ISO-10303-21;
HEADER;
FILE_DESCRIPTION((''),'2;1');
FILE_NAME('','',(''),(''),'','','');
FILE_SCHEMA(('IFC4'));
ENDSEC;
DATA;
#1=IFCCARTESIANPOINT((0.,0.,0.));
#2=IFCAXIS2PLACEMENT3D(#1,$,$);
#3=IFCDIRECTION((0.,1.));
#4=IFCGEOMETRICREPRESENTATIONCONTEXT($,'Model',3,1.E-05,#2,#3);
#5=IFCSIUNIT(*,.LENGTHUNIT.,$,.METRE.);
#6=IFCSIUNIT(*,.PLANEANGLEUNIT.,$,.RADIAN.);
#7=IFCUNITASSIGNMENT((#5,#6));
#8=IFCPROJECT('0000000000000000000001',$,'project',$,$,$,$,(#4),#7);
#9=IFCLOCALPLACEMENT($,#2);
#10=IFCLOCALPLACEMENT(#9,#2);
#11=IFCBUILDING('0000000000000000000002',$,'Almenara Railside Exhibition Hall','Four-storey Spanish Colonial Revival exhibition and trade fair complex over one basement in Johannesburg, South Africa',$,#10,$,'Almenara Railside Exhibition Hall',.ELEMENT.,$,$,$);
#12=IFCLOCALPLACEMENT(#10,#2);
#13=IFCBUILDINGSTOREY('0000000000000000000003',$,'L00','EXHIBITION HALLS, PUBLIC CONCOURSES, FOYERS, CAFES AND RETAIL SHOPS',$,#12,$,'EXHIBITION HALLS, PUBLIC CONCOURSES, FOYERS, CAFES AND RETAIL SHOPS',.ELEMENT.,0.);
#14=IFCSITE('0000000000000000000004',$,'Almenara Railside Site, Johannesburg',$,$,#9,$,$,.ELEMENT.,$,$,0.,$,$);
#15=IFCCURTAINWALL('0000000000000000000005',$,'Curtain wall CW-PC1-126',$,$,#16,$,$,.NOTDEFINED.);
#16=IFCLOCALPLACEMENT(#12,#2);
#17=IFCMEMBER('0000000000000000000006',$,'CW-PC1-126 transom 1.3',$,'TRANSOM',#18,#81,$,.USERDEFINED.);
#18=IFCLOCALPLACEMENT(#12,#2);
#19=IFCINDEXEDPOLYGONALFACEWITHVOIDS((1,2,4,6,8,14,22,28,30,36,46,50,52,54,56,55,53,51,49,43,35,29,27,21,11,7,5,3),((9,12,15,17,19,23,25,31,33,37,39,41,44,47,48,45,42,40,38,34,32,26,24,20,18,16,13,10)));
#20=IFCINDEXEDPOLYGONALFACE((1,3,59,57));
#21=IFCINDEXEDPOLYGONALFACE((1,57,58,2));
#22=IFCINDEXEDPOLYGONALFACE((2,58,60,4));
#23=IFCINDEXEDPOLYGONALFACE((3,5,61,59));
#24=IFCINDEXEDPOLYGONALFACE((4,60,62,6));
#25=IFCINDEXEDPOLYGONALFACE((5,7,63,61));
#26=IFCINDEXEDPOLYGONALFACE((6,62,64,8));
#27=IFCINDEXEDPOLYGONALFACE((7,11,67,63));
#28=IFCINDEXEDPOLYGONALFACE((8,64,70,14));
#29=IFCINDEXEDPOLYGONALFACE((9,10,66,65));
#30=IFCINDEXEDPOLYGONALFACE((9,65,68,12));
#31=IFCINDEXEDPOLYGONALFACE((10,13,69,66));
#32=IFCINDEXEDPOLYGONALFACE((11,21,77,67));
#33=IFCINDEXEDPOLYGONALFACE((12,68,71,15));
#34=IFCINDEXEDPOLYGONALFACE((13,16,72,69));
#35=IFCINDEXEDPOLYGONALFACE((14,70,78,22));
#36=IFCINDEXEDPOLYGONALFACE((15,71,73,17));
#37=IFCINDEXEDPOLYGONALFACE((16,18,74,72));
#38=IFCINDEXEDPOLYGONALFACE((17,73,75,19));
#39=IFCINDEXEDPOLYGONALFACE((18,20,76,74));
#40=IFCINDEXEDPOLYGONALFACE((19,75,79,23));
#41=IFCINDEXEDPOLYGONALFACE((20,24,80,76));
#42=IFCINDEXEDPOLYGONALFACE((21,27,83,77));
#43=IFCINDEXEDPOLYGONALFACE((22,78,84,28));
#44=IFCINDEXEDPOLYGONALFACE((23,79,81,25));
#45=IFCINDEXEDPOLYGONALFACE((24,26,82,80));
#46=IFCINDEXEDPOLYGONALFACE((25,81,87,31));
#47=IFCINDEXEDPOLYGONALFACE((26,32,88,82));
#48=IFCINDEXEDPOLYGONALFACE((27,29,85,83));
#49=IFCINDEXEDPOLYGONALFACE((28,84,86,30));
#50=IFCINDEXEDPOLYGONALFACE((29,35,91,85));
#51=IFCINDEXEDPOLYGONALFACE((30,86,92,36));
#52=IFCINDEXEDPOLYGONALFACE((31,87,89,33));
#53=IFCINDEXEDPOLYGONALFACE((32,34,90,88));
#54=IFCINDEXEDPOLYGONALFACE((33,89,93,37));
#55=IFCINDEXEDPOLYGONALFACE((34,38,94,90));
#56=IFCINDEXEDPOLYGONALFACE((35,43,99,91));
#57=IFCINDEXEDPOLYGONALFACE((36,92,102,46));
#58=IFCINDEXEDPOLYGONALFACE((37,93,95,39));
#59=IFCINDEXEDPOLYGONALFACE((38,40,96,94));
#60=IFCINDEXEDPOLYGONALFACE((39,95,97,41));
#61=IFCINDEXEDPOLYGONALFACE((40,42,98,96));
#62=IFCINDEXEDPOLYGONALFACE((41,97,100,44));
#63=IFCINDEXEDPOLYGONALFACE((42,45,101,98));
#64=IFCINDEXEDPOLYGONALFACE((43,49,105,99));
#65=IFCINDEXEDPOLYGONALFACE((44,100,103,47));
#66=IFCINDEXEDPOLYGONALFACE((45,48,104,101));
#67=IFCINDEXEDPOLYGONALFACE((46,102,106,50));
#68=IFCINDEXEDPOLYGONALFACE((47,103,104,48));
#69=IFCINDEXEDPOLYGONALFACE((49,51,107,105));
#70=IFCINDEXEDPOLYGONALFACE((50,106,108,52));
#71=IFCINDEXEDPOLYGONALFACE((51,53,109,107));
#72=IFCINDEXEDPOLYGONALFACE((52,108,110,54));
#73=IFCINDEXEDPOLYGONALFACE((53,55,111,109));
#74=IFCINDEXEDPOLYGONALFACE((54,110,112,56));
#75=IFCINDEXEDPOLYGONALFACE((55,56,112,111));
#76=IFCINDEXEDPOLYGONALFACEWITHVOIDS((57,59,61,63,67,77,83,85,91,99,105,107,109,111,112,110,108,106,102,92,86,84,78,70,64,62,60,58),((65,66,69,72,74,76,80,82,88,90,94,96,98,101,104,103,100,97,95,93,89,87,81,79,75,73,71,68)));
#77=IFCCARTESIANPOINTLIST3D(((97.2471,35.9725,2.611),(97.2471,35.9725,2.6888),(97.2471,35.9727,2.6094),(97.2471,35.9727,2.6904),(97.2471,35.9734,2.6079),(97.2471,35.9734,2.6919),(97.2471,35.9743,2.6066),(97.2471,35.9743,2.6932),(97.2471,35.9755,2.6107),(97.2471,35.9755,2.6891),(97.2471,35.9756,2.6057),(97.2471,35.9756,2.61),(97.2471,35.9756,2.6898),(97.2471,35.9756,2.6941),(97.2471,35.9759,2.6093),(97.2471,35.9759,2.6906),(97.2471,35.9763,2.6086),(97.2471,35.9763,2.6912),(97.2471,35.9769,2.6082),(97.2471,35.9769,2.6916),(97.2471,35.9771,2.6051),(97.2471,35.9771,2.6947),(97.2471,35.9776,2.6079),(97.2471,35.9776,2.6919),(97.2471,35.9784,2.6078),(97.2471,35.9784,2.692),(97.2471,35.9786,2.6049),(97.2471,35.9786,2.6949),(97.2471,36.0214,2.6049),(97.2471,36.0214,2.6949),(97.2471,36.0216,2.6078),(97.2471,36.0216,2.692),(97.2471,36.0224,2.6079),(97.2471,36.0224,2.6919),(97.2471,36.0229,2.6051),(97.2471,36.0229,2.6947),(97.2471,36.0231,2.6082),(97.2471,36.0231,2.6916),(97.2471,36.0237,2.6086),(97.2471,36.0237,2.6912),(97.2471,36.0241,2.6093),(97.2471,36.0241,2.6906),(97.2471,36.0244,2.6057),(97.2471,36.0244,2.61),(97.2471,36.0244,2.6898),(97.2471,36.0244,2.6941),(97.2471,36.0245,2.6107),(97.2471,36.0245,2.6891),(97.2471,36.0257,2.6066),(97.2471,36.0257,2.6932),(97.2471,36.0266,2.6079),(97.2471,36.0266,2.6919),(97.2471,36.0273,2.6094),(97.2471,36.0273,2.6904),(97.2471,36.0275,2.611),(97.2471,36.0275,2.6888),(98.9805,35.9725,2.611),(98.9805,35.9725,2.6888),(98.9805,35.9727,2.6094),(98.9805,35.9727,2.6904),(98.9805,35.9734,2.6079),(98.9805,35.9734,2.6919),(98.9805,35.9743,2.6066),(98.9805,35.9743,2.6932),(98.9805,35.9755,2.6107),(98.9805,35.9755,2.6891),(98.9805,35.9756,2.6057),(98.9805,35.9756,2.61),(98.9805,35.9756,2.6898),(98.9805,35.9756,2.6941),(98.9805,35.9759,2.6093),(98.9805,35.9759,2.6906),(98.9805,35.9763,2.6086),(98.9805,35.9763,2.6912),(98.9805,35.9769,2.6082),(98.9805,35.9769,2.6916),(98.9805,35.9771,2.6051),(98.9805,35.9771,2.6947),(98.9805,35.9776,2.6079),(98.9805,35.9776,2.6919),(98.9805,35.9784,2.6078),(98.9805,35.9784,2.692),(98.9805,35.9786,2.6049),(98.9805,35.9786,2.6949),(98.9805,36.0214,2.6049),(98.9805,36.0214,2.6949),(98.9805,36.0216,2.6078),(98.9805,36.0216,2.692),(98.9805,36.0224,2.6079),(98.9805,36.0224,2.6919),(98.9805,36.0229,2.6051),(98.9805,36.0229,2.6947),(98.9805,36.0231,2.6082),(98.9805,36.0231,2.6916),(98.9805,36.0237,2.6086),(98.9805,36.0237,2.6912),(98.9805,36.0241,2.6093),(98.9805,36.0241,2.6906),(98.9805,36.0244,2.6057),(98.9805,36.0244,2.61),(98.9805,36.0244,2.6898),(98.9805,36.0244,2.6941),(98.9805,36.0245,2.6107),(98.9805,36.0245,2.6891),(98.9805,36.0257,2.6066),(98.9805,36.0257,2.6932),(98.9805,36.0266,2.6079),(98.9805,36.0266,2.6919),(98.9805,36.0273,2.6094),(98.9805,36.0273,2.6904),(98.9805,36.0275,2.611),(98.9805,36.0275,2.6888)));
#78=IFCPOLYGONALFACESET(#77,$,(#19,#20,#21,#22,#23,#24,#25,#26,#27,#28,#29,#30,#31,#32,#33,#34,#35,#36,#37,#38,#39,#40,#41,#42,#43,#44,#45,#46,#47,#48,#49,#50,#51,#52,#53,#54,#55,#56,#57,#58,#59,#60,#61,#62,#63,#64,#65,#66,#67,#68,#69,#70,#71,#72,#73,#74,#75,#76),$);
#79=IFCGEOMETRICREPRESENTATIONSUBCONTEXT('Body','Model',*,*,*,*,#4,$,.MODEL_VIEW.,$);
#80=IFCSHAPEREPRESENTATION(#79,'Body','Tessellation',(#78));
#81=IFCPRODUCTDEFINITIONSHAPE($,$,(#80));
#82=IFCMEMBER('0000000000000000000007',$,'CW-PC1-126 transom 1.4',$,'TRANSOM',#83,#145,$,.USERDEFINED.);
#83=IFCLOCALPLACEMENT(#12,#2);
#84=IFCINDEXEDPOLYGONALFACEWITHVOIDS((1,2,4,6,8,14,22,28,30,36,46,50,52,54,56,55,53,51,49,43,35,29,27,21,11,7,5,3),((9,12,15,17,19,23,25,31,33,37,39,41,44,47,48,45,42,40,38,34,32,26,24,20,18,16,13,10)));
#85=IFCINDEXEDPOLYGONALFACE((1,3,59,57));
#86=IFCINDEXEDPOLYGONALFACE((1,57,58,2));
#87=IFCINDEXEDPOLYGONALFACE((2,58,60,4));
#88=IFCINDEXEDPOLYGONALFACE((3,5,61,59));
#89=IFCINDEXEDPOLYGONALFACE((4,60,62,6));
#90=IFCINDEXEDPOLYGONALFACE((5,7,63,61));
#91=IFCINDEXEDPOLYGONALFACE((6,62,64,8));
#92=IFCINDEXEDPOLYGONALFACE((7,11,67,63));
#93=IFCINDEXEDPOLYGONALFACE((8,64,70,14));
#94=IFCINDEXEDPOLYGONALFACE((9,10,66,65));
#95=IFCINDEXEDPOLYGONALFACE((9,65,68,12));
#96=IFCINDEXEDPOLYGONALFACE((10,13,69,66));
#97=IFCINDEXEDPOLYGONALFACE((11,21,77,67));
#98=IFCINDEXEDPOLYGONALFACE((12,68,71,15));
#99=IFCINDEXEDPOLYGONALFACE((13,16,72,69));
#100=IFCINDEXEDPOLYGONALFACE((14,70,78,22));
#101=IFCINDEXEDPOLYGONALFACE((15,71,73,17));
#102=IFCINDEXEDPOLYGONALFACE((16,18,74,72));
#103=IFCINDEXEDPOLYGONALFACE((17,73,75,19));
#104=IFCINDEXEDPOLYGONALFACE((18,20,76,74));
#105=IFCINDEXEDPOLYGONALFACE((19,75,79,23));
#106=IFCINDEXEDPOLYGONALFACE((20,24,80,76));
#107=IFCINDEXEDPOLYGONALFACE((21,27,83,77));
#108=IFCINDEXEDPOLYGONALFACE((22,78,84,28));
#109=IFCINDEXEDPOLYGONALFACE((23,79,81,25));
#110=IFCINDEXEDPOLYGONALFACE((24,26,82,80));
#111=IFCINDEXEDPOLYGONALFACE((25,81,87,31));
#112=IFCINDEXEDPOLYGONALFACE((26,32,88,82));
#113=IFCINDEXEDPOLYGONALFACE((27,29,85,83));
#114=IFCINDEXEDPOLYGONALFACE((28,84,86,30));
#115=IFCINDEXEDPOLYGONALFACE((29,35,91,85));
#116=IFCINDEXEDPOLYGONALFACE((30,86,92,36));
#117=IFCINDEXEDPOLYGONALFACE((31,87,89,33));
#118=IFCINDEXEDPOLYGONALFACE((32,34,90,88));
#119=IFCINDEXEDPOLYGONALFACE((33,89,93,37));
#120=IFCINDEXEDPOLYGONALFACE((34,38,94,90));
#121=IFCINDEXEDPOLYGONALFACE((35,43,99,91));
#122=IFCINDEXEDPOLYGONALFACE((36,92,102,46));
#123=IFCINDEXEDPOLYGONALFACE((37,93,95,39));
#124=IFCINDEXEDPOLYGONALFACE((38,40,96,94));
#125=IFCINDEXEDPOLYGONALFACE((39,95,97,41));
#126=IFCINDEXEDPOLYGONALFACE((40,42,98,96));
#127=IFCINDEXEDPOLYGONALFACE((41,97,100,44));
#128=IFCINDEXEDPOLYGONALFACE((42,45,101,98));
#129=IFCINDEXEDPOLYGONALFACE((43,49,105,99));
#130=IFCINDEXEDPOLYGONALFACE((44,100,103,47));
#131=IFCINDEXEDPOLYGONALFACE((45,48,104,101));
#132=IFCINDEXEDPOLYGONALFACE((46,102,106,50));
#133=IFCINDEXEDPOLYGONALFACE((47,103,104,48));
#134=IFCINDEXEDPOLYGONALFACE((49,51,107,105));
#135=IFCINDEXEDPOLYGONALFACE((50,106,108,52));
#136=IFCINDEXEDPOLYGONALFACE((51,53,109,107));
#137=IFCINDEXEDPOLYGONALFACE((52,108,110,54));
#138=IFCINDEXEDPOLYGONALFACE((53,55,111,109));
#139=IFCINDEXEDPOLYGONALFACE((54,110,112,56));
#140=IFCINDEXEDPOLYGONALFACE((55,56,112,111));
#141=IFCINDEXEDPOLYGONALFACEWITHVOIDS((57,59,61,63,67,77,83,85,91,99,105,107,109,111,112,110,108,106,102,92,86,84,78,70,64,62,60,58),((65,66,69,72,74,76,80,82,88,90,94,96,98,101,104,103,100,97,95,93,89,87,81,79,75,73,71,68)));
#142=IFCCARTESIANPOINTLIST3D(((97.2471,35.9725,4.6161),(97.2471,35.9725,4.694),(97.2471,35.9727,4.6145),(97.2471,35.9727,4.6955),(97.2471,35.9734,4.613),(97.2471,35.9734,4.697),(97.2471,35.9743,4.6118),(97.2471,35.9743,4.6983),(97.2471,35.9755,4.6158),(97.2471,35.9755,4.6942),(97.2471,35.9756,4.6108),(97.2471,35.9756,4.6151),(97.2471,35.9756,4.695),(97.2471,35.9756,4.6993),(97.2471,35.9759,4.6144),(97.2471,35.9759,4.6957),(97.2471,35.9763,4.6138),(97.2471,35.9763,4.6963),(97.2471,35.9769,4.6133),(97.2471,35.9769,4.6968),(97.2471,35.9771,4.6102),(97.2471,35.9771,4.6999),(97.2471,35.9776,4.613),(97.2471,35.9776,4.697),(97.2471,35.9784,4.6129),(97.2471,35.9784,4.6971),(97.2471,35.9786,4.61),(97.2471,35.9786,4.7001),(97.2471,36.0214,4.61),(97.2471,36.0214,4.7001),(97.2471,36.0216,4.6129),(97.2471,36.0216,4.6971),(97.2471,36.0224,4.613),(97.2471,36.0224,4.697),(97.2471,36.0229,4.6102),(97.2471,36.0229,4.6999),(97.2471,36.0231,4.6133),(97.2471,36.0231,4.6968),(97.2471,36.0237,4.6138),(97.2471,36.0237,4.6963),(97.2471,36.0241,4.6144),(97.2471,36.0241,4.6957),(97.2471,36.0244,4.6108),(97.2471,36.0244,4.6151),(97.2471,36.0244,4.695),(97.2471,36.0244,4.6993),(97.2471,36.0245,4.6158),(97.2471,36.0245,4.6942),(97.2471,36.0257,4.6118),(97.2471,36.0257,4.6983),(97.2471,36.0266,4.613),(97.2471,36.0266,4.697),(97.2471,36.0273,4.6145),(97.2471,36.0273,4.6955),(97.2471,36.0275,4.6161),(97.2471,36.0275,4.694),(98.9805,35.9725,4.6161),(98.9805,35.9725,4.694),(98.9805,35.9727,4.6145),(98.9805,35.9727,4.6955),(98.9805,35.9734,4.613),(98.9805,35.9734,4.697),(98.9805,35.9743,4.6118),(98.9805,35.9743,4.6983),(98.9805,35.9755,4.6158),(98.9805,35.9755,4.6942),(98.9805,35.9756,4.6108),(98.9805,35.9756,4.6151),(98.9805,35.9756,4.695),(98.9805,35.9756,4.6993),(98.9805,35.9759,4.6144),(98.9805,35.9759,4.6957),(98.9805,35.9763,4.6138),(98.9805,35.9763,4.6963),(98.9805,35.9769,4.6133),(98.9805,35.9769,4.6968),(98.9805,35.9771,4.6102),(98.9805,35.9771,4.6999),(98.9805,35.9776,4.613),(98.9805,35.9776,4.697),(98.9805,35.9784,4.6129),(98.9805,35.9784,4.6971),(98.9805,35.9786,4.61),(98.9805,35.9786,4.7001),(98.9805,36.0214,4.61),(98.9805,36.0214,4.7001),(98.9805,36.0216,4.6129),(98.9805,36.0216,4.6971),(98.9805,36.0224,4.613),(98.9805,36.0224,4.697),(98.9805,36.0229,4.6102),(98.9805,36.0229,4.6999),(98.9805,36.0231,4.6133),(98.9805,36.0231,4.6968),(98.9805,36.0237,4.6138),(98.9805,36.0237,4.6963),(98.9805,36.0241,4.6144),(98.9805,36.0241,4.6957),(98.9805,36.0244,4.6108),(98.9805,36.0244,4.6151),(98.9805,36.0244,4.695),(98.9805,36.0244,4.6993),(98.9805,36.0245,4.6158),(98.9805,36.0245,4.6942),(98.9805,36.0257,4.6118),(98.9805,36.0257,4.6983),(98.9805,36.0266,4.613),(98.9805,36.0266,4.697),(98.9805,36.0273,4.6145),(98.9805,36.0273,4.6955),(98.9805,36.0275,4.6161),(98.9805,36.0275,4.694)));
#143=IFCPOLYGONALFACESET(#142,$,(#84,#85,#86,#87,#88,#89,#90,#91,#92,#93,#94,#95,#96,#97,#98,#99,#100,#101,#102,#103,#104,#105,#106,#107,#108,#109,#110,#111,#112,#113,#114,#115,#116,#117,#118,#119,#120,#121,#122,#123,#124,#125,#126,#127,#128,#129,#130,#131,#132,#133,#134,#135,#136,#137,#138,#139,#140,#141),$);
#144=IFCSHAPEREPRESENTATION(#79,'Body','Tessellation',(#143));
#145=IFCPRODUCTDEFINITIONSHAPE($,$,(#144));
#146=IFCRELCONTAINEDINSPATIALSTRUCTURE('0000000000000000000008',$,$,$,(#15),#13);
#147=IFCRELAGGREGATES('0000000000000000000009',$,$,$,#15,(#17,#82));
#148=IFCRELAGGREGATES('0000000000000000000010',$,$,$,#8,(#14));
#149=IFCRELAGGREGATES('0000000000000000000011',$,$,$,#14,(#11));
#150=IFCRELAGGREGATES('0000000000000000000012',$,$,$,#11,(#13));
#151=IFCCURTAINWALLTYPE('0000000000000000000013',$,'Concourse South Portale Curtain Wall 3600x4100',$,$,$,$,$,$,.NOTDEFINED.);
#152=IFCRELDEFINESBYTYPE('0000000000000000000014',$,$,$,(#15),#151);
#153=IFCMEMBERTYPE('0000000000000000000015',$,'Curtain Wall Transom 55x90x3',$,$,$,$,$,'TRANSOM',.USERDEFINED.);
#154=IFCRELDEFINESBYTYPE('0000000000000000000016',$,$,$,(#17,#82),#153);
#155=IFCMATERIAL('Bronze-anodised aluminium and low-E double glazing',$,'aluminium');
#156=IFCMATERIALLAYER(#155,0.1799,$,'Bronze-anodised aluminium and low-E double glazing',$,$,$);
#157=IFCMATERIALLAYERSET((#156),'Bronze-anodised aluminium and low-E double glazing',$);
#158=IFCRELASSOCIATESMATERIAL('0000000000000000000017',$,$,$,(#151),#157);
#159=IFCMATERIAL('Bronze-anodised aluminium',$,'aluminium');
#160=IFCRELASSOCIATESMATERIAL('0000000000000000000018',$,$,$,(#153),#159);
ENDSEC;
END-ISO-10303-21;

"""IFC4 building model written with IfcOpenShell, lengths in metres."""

from ifc_helpers import new_model, si_unit, direction, frame, origin, origin_2d, place, context, subcontext, project, spatial, hollow_rectangle, extrude, material, layer, layer_set, material_profile, profile_set, type_object, element, aggregate, save


model = new_model("IFC4")

# Units and contexts
model_context = context("Model", 3, precision=1e-05, world=origin(), true_north=direction((0.0, 1.0)))
body_context = subcontext(model_context, "Body", "Model", "MODEL_VIEW")
ifc_project = project(units=[si_unit("LENGTHUNIT", "METRE"), si_unit("PLANEANGLEUNIT", "RADIAN")], contexts=[model_context])

# Site, building, storey
site_placement = place(None, origin())
site = spatial("IfcSite", under=ifc_project, at=site_placement, Name="Almenara Railside Site, Johannesburg", CompositionType="ELEMENT", RefElevation=0.0)
building_placement = place(site_placement, origin())
building = spatial("IfcBuilding", under=site, at=building_placement, Name="Almenara Railside Exhibition Hall", Description="Four-storey Spanish Colonial Revival exhibition and trade fair complex over one basement in Johannesburg, South Africa", LongName="Almenara Railside Exhibition Hall", CompositionType="ELEMENT")
storey_placement = place(building_placement, origin())
storey = spatial("IfcBuildingStorey", under=building, at=storey_placement, Name="L00", Description="EXHIBITION HALLS, PUBLIC CONCOURSES, FOYERS, CAFES AND RETAIL SHOPS", LongName="EXHIBITION HALLS, PUBLIC CONCOURSES, FOYERS, CAFES AND RETAIL SHOPS", CompositionType="ELEMENT", Elevation=0.0)

# Curtain wall
ifc_material_1 = material(Name="Bronze-anodised aluminium and low-E double glazing", Category="aluminium")
ifc_layer_1 = layer(ifc_material_1, 0.1799, Name="Bronze-anodised aluminium and low-E double glazing")
ifc_layer_set_1 = layer_set([ifc_layer_1], Name="Bronze-anodised aluminium and low-E double glazing")
curtain_wall_type = type_object("IfcCurtainWallType", Name="Concourse South Portale Curtain Wall 3600x4100", PredefinedType="NOTDEFINED", material=ifc_layer_set_1)
curtain_wall_1_placement = place(storey_placement, origin())
curtain_wall_1 = element("IfcCurtainWall", 1, at=curtain_wall_1_placement, inside=storey, type_object=curtain_wall_type, Name="Curtain wall CW-PC1-126", PredefinedType="NOTDEFINED")
ifc_material_2 = material(Name="Bronze-anodised aluminium", Category="aluminium")

# Members
ifc_material_profile_1 = material_profile(ifc_material_2, hollow_rectangle(XDim=0.0549, YDim=0.0901, WallThickness=0.0029, InnerFilletRadius=0.0029, OuterFilletRadius=0.0061, at=origin_2d()), Name="ALU-TRN 55x90x3")
ifc_profile_set_1 = profile_set([ifc_material_profile_1], Name="Bronze-anodised aluminium")
member_type_1 = type_object("IfcMemberType", Name="Curtain Wall Transom 55x90x3", ElementType="TRANSOM", PredefinedType="USERDEFINED", material=ifc_profile_set_1)
member_1_placement = place(storey_placement, frame((97.2471, 36.0, 2.6499), z_axis=(1.0, 0.0, 0.0), x_axis=(0.0, 1.0, 0.0)))
member_1 = element("IfcMember", 2, at=member_1_placement, type_object=member_type_1, Name="CW-PC1-126 transom 1.3", ObjectType="TRANSOM", PredefinedType="USERDEFINED", context=body_context, shape_type="SweptSolid", body=[
    extrude(hollow_rectangle(XDim=0.0549, YDim=0.0901, WallThickness=0.0029, InnerFilletRadius=0.0029, OuterFilletRadius=0.0061, at=origin_2d()), origin(), (0.0, 0.0, 1.0), 1.7334),
])
member_2_placement = place(storey_placement, frame((97.2471, 36.0, 4.655), z_axis=(1.0, 0.0, 0.0), x_axis=(0.0, 1.0, 0.0)))
member_2 = element("IfcMember", 3, at=member_2_placement, type_object=member_type_1, Name="CW-PC1-126 transom 1.4", ObjectType="TRANSOM", PredefinedType="USERDEFINED", context=body_context, shape_type="SweptSolid", body=[
    extrude(hollow_rectangle(XDim=0.0549, YDim=0.0901, WallThickness=0.0029, InnerFilletRadius=0.0029, OuterFilletRadius=0.0061, at=origin_2d()), origin(), (0.0, 0.0, 1.0), 1.7334),
])

aggregate(curtain_wall_1, [member_1, member_2])

save(model, "model.ifc")
